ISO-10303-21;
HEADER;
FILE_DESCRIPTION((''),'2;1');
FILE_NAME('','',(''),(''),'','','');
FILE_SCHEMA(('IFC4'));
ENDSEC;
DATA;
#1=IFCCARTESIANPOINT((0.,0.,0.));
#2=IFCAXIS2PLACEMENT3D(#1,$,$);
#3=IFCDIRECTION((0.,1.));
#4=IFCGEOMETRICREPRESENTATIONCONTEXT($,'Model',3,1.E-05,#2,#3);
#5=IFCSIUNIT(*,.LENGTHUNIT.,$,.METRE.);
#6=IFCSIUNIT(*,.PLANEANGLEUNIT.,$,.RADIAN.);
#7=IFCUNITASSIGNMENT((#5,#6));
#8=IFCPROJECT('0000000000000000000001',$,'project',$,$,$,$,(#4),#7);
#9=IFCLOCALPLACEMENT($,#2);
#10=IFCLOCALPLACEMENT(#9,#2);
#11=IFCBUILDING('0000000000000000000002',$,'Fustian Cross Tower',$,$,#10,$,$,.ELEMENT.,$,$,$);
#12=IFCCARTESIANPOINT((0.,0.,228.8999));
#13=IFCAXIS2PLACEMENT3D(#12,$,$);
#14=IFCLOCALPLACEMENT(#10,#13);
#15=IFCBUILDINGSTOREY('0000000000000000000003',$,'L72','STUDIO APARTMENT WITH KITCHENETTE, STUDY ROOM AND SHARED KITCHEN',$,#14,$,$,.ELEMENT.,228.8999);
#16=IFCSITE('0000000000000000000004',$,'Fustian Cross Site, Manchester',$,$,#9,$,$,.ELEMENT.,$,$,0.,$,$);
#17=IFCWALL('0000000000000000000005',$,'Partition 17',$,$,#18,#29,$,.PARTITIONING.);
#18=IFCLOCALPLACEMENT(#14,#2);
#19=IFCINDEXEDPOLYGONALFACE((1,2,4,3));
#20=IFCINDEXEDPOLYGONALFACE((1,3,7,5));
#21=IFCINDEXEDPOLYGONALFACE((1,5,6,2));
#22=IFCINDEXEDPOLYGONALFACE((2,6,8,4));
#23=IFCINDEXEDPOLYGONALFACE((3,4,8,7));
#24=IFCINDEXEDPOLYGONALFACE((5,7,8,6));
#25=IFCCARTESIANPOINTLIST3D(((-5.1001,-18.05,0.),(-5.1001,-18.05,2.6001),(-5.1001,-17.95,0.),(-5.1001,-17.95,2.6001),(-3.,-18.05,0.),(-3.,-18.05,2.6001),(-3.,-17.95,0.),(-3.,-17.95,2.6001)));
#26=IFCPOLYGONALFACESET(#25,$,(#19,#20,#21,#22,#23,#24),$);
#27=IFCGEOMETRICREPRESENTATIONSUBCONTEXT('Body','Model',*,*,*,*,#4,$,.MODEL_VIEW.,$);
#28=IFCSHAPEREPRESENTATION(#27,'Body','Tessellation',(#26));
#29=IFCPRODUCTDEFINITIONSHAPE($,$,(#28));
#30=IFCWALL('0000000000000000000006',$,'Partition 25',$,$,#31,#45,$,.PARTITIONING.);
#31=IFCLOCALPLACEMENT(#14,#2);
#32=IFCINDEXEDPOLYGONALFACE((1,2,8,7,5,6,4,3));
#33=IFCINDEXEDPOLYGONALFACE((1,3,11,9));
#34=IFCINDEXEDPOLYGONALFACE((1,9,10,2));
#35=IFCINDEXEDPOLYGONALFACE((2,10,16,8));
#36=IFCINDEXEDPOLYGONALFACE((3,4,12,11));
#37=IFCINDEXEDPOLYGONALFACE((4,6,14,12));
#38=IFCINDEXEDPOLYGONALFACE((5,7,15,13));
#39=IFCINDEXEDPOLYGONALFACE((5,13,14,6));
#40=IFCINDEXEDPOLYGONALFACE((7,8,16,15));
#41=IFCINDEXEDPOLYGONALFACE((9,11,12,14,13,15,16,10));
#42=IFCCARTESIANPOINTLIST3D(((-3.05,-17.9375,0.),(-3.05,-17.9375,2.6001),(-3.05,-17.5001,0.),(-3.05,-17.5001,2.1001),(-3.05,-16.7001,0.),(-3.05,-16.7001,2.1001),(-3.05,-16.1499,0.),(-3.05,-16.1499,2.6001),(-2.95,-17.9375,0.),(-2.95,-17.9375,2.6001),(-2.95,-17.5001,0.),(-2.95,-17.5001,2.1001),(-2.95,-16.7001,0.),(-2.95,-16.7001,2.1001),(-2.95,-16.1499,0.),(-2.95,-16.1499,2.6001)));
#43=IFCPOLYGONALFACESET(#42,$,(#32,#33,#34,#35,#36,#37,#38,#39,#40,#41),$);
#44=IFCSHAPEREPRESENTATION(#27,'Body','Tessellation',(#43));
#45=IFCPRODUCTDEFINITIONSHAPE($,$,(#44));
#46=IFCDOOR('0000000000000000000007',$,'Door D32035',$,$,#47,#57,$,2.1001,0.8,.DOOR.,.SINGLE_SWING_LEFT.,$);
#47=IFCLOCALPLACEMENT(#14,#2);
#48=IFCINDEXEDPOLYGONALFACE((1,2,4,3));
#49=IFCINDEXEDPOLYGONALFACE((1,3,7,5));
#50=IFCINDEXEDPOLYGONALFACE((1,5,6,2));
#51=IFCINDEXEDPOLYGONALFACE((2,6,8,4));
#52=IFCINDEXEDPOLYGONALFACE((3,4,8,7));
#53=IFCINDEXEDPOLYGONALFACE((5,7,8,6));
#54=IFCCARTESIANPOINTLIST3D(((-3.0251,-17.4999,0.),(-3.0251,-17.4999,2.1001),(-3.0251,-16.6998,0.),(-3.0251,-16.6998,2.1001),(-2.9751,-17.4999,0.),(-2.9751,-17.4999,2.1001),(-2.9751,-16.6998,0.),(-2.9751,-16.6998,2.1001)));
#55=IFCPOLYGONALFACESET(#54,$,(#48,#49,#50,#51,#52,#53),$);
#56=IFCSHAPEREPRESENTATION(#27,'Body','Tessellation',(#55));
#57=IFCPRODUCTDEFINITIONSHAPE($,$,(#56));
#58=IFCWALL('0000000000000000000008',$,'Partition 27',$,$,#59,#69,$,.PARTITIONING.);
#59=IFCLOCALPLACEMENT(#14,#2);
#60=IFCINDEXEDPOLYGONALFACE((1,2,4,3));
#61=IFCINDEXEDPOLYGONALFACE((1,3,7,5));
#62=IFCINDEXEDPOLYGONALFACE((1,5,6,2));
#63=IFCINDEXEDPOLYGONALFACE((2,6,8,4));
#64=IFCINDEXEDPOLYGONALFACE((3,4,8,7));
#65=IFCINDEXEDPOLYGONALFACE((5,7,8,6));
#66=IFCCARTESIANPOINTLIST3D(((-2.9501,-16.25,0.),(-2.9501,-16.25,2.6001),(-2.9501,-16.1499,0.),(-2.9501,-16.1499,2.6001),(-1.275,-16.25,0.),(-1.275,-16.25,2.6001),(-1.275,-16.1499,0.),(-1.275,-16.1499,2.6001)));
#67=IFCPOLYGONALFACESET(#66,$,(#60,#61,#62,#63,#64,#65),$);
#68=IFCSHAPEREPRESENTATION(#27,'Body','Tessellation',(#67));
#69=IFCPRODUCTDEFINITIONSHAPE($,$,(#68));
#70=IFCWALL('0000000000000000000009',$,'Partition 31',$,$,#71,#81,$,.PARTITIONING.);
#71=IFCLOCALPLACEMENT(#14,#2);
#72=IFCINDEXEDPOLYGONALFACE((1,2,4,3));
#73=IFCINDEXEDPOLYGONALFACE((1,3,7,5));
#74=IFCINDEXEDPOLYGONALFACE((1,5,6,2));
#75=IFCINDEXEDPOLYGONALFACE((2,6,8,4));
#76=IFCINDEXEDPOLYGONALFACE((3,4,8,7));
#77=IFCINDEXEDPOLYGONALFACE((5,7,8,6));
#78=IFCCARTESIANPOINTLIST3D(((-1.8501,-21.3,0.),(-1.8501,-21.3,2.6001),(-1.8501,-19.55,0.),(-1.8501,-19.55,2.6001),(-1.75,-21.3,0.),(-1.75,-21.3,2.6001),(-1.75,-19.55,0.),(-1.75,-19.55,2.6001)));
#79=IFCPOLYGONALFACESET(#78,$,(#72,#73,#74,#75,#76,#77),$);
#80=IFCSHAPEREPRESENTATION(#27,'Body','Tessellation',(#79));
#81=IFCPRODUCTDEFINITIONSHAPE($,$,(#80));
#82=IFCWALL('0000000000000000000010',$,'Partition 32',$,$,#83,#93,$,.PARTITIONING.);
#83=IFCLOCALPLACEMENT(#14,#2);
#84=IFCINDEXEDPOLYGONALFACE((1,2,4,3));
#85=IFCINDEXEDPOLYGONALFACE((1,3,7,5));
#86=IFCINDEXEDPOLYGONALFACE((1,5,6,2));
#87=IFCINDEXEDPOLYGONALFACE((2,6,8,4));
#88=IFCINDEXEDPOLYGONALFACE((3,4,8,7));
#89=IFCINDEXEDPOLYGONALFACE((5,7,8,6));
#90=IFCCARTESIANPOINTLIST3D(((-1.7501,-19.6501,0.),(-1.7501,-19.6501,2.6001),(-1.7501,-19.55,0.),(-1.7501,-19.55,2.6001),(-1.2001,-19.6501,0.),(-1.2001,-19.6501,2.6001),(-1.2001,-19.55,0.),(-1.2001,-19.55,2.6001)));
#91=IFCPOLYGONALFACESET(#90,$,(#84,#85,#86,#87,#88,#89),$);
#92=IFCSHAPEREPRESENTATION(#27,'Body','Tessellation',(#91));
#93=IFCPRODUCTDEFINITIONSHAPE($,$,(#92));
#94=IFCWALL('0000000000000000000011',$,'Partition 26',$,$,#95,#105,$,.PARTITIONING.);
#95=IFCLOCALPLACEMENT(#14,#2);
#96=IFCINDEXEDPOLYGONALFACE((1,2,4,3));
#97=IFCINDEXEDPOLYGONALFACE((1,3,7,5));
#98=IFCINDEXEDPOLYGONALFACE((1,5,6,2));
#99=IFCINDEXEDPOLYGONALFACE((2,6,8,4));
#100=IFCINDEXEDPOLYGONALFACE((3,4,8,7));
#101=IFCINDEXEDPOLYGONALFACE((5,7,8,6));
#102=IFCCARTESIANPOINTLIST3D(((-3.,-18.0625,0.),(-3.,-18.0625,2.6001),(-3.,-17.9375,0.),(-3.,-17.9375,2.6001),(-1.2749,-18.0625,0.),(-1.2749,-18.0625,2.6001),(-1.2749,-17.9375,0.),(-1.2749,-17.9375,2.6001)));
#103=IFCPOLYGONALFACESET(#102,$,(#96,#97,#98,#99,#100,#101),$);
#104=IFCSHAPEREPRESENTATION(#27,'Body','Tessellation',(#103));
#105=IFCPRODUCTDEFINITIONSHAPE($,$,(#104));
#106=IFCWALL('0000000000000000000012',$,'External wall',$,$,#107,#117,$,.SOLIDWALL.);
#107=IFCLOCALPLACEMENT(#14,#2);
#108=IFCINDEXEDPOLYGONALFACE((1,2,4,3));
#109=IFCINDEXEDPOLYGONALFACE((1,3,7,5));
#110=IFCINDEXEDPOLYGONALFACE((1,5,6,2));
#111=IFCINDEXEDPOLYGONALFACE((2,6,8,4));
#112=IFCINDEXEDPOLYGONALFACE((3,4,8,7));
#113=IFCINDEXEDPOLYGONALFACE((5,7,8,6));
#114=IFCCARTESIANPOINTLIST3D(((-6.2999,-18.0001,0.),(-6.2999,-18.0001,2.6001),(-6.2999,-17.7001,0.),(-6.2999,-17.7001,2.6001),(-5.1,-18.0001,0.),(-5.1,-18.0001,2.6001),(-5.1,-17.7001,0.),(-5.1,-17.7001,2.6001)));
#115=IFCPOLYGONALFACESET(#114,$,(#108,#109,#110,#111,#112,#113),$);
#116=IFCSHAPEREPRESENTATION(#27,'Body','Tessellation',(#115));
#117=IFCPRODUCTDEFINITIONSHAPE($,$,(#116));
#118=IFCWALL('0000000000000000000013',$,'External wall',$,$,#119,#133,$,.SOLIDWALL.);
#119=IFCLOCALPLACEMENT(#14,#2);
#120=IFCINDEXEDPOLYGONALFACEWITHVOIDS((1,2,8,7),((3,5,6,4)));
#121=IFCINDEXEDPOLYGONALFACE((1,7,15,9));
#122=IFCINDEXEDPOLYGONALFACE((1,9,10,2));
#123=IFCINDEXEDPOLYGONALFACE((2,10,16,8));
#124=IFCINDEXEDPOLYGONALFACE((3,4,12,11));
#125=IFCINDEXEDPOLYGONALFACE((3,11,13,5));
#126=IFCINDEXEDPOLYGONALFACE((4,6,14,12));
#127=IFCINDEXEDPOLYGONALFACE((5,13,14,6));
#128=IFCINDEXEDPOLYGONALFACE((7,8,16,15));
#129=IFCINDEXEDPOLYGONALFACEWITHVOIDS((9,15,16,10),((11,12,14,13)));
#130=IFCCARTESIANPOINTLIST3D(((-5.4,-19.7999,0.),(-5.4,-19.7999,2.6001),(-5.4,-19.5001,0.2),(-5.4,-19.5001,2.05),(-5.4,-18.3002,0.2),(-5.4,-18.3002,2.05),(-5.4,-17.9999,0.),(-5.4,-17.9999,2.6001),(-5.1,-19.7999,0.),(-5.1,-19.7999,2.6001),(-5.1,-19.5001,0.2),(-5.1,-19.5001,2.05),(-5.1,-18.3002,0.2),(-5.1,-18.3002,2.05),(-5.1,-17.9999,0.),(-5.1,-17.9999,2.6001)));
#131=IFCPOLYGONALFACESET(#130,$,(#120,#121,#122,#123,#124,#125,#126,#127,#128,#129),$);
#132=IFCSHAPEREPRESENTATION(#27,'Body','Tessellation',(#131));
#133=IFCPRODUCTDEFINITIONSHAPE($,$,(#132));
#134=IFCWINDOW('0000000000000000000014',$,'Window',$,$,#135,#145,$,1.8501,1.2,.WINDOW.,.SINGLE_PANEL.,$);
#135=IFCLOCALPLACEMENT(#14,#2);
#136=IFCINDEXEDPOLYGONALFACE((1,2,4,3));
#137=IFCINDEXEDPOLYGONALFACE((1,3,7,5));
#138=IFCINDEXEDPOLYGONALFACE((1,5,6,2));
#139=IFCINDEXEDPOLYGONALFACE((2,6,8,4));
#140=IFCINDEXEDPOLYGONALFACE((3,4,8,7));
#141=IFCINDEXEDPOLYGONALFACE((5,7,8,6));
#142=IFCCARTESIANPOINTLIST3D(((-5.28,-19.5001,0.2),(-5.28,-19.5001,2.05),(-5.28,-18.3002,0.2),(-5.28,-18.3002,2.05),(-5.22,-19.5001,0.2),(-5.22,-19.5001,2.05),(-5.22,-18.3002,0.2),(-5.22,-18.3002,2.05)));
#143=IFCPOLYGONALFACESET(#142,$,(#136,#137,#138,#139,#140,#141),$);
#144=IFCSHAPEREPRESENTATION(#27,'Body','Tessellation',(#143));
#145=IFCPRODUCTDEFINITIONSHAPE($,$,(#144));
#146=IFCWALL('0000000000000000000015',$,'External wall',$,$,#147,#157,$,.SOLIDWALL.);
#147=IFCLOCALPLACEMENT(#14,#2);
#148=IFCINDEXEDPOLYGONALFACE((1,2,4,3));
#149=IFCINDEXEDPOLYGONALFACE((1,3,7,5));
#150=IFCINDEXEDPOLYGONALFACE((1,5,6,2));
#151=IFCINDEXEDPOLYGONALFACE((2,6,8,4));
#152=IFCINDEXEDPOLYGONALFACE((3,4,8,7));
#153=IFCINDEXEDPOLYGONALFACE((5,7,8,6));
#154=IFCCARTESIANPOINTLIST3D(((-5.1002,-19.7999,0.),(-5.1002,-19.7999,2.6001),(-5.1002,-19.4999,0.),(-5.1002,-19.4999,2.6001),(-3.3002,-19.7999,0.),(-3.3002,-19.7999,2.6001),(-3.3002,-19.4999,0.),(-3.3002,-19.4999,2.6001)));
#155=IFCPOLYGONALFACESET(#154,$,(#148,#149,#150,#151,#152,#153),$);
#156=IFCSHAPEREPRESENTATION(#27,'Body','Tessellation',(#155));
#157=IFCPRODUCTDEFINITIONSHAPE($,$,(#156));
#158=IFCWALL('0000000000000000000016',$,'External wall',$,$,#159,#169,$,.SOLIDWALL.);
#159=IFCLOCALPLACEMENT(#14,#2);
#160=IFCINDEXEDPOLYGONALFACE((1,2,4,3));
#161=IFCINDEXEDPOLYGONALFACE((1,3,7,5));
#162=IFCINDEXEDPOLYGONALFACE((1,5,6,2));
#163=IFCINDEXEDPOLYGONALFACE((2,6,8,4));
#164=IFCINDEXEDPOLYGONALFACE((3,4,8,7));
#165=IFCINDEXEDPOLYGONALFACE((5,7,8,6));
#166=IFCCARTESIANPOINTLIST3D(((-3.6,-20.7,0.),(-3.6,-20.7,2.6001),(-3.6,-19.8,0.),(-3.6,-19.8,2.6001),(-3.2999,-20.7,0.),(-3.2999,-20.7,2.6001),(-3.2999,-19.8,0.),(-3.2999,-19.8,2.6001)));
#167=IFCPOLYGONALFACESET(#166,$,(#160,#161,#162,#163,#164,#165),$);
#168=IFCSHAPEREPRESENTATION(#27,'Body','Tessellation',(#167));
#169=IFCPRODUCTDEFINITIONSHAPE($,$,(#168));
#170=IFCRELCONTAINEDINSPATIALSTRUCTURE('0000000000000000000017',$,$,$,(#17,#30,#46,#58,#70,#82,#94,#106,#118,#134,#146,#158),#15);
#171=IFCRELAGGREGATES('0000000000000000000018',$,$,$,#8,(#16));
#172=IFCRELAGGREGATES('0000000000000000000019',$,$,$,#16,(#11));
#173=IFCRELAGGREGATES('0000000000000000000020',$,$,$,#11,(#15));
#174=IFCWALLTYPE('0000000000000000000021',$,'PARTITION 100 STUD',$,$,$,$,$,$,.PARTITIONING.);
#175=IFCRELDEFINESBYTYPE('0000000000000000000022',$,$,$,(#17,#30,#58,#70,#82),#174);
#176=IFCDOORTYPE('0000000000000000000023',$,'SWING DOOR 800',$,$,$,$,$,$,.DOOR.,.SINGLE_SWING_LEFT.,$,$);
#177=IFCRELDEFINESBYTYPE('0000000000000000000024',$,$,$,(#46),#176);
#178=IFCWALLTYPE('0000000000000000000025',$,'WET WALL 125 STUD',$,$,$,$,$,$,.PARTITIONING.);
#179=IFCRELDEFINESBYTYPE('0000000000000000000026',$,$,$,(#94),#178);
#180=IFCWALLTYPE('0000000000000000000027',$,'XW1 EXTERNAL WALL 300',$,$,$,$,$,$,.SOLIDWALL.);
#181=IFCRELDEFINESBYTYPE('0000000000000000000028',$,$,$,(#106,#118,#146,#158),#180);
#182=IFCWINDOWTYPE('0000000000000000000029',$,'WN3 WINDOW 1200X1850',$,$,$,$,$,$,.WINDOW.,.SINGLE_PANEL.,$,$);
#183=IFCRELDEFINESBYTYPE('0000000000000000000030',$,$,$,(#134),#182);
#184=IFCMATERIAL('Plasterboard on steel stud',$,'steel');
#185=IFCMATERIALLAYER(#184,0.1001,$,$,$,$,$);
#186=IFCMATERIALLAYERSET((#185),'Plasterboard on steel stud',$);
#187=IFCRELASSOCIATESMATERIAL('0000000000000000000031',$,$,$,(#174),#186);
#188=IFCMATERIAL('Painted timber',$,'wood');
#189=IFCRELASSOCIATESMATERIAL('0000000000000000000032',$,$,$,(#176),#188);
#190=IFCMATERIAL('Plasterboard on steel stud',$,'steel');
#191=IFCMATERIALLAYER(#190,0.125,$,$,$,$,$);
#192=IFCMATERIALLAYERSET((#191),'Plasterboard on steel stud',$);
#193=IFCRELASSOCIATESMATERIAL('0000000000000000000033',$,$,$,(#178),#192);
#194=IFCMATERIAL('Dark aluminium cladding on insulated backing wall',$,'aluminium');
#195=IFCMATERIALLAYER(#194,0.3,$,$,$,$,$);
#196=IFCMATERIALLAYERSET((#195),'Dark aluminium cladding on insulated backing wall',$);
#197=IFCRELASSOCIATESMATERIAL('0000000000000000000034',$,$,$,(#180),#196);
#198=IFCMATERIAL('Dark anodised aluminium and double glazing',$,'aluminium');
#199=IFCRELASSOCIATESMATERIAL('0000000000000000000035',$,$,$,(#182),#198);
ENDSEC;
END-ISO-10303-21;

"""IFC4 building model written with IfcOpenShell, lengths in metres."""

from ifc_helpers import new_model, si_unit, direction, frame, frame_2d, origin, place, context, subcontext, project, spatial, rectangle, extrude, material, layer, layer_set, type_object, element, fill, save


model = new_model("IFC4")

# Units and contexts
model_context = context("Model", 3, precision=1e-05, world=origin(), true_north=direction((0.0, 1.0)))
body_context = subcontext(model_context, "Body", "Model", "MODEL_VIEW")
ifc_project = project(units=[si_unit("LENGTHUNIT", "METRE"), si_unit("PLANEANGLEUNIT", "RADIAN")], contexts=[model_context])

# Site, building, storey
site_placement = place(None, origin())
site = spatial("IfcSite", under=ifc_project, at=site_placement, Name="Fustian Cross Site, Manchester", CompositionType="ELEMENT", RefElevation=0.0)
building_placement = place(site_placement, origin())
building = spatial("IfcBuilding", under=site, at=building_placement, Name="Fustian Cross Tower", CompositionType="ELEMENT")
storey_placement = place(building_placement, frame((0.0, 0.0, 228.8999)))
storey = spatial("IfcBuildingStorey", under=building, at=storey_placement, Name="L72", Description="STUDIO APARTMENT WITH KITCHENETTE, STUDY ROOM AND SHARED KITCHEN", CompositionType="ELEMENT", Elevation=228.8999)

# Wall
ifc_material_1 = material(Name="Plasterboard on steel stud", Category="steel")
ifc_layer_1 = layer(ifc_material_1, 0.1001)
ifc_layer_set_1 = layer_set([ifc_layer_1], Name="Plasterboard on steel stud")
wall_type_1 = type_object("IfcWallType", Name="PARTITION 100 STUD", PredefinedType="PARTITIONING", material=ifc_layer_set_1)
wall_1_placement = place(storey_placement, frame((-5.1001, -18.0, 0.0), z_axis=(0.0, 0.0, 1.0), x_axis=(1.0, 0.0, 0.0)))
element("IfcWall", 1, at=wall_1_placement, inside=storey, type_object=wall_type_1, Name="Partition 17", PredefinedType="PARTITIONING", context=body_context, shape_type="SweptSolid", body=[
    extrude(rectangle(XDim=2.1001, YDim=0.1001, at=frame_2d((1.05, 0.0))), origin(), (0.0, 0.0, 1.0), 2.6001),
])

# Wall, opening, door
wall_2_placement = place(storey_placement, frame((-3.0, -17.9375, 0.0), z_axis=(0.0, 0.0, 1.0), x_axis=(0.0, 1.0, 0.0)))
wall_2 = element("IfcWall", 2, at=wall_2_placement, inside=storey, type_object=wall_type_1, Name="Partition 25", PredefinedType="PARTITIONING", context=body_context, shape_type="SweptSolid", body=[
    extrude(rectangle(XDim=1.7876, YDim=0.1001, at=frame_2d((0.8938, 0.0))), origin(), (0.0, 0.0, 1.0), 2.6001),
])
opening_1_placement = place(wall_2_placement, frame((0.4375, 0.0, 0.0)))
opening_1 = element("IfcOpeningElement", 3, at=opening_1_placement, cuts=wall_2, PredefinedType="OPENING", context=body_context, shape_type="SweptSolid", body=[
    extrude(rectangle(XDim=0.8, YDim=2.1001, at=frame_2d((0.3999, 1.05))), frame((0.0, 0.0601, 0.0), z_axis=(0.0, -1.0, 0.0), x_axis=(1.0, 0.0, 0.0)), (0.0, 0.0, 1.0), 0.1201),
])
ifc_material_2 = material(Name="Painted timber", Category="wood")
door_type_1 = type_object("IfcDoorType", Name="SWING DOOR 800", OperationType="SINGLE_SWING_LEFT", PredefinedType="DOOR", material=ifc_material_2)
door_1_placement = place(opening_1_placement, frame((0.8, 0.0, 0.0), z_axis=(0.0, 0.0, 1.0), x_axis=(-1.0, 0.0, 0.0)))
door_1 = element("IfcDoor", 4, at=door_1_placement, inside=storey, type_object=door_type_1, Name="Door D32035", OperationType="SINGLE_SWING_LEFT", OverallHeight=2.1001, OverallWidth=0.8, PredefinedType="DOOR", context=body_context, shape_type="SweptSolid", body=[
    extrude(rectangle(XDim=0.8, YDim=2.1001, at=frame_2d((0.3999, 1.05))), frame((0.0, 0.0249, 0.0), z_axis=(0.0, -1.0, 0.0), x_axis=(1.0, 0.0, 0.0)), (0.0, 0.0, 1.0), 0.05),
])
fill(opening_1, door_1)

# Walls
wall_3_placement = place(storey_placement, frame((-2.95, -16.2, 0.0), z_axis=(0.0, 0.0, 1.0), x_axis=(1.0, 0.0, 0.0)))
element("IfcWall", 5, at=wall_3_placement, inside=storey, type_object=wall_type_1, Name="Partition 27", PredefinedType="PARTITIONING", context=body_context, shape_type="SweptSolid", body=[
    extrude(rectangle(XDim=1.675, YDim=0.1001, at=frame_2d((0.8374, 0.0))), origin(), (0.0, 0.0, 1.0), 2.6001),
])
wall_4_placement = place(storey_placement, frame((-1.8, -21.3, 0.0), z_axis=(0.0, 0.0, 1.0), x_axis=(0.0, 1.0, 0.0)))
element("IfcWall", 6, at=wall_4_placement, inside=storey, type_object=wall_type_1, Name="Partition 31", PredefinedType="PARTITIONING", context=body_context, shape_type="SweptSolid", body=[
    extrude(rectangle(XDim=1.75, YDim=0.1001, at=frame_2d((0.875, 0.0))), origin(), (0.0, 0.0, 1.0), 2.6001),
])
wall_5_placement = place(storey_placement, frame((-1.75, -19.6001, 0.0), z_axis=(0.0, 0.0, 1.0), x_axis=(1.0, 0.0, 0.0)))
element("IfcWall", 7, at=wall_5_placement, inside=storey, type_object=wall_type_1, Name="Partition 32", PredefinedType="PARTITIONING", context=body_context, shape_type="SweptSolid", body=[
    extrude(rectangle(XDim=0.55, YDim=0.1001, at=frame_2d((0.2749, 0.0))), origin(), (0.0, 0.0, 1.0), 2.6001),
])
ifc_material_3 = material(Name="Plasterboard on steel stud", Category="steel")
ifc_layer_2 = layer(ifc_material_3, 0.125)
ifc_layer_set_2 = layer_set([ifc_layer_2], Name="Plasterboard on steel stud")
wall_type_2 = type_object("IfcWallType", Name="WET WALL 125 STUD", PredefinedType="PARTITIONING", material=ifc_layer_set_2)
wall_6_placement = place(storey_placement, frame((-3.0, -18.0, 0.0), z_axis=(0.0, 0.0, 1.0), x_axis=(1.0, 0.0, 0.0)))
element("IfcWall", 8, at=wall_6_placement, inside=storey, type_object=wall_type_2, Name="Partition 26", PredefinedType="PARTITIONING", context=body_context, shape_type="SweptSolid", body=[
    extrude(rectangle(XDim=1.7251, YDim=0.125, at=frame_2d((0.8625, 0.0))), origin(), (0.0, 0.0, 1.0), 2.6001),
])
ifc_material_4 = material(Name="Dark aluminium cladding on insulated backing wall", Category="aluminium")
ifc_layer_3 = layer(ifc_material_4, 0.3)
ifc_layer_set_3 = layer_set([ifc_layer_3], Name="Dark aluminium cladding on insulated backing wall")
wall_type_3 = type_object("IfcWallType", Name="XW1 EXTERNAL WALL 300", PredefinedType="SOLIDWALL", material=ifc_layer_set_3)
wall_7_placement = place(storey_placement, frame((-6.3, -17.8501, 0.0), z_axis=(0.0, 0.0, 1.0), x_axis=(1.0, 0.0, 0.0)))
element("IfcWall", 9, at=wall_7_placement, inside=storey, type_object=wall_type_3, Name="External wall", PredefinedType="SOLIDWALL", context=body_context, shape_type="SweptSolid", body=[
    extrude(rectangle(XDim=1.2, YDim=0.3, at=frame_2d((0.6001, 0.0))), origin(), (0.0, 0.0, 1.0), 2.6001),
])

# Wall, opening, window
wall_8_placement = place(storey_placement, frame((-5.25, -18.0, 0.0), z_axis=(0.0, 0.0, 1.0), x_axis=(0.0, -1.0, 0.0)))
wall_8 = element("IfcWall", 10, at=wall_8_placement, inside=storey, type_object=wall_type_3, Name="External wall", PredefinedType="SOLIDWALL", context=body_context, shape_type="SweptSolid", body=[
    extrude(rectangle(XDim=1.8, YDim=0.3, at=frame_2d((0.8999, 0.0))), origin(), (0.0, 0.0, 1.0), 2.6001),
])
opening_2_placement = place(wall_8_placement, frame((0.3, 0.0, 0.2)))
opening_2 = element("IfcOpeningElement", 11, at=opening_2_placement, cuts=wall_8, PredefinedType="OPENING", context=body_context, shape_type="SweptSolid", body=[
    extrude(rectangle(XDim=1.2, YDim=1.8501, at=frame_2d((0.6001, 0.925))), frame((0.0, 0.1599, 0.0), z_axis=(0.0, -1.0, 0.0), x_axis=(1.0, 0.0, 0.0)), (0.0, 0.0, 1.0), 0.3201),
])
ifc_material_5 = material(Name="Dark anodised aluminium and double glazing", Category="aluminium")
window_type_1 = type_object("IfcWindowType", Name="WN3 WINDOW 1200X1850", PartitioningType="SINGLE_PANEL", PredefinedType="WINDOW", material=ifc_material_5)
window_1_placement = place(opening_2_placement, origin())
window_1 = element("IfcWindow", 12, at=window_1_placement, inside=storey, type_object=window_type_1, Name="Window", OverallHeight=1.8501, OverallWidth=1.2, PartitioningType="SINGLE_PANEL", PredefinedType="WINDOW", context=body_context, shape_type="SweptSolid", body=[
    extrude(rectangle(XDim=1.2, YDim=1.8501, at=frame_2d((0.6001, 0.925))), frame((0.0, 0.03, 0.0), z_axis=(0.0, -1.0, 0.0), x_axis=(1.0, 0.0, 0.0)), (0.0, 0.0, 1.0), 0.0601),
])
fill(opening_2, window_1)

# Walls
wall_9_placement = place(storey_placement, frame((-5.1001, -19.6499, 0.0), z_axis=(0.0, 0.0, 1.0), x_axis=(1.0, 0.0, 0.0)))
element("IfcWall", 13, at=wall_9_placement, inside=storey, type_object=wall_type_3, Name="External wall", PredefinedType="SOLIDWALL", context=body_context, shape_type="SweptSolid", body=[
    extrude(rectangle(XDim=1.8, YDim=0.3, at=frame_2d((0.8999, 0.0))), origin(), (0.0, 0.0, 1.0), 2.6001),
])
wall_10_placement = place(storey_placement, frame((-3.45, -19.8, 0.0), z_axis=(0.0, 0.0, 1.0), x_axis=(0.0, -1.0, 0.0)))
element("IfcWall", 14, at=wall_10_placement, inside=storey, type_object=wall_type_3, Name="External wall", PredefinedType="SOLIDWALL", context=body_context, shape_type="SweptSolid", body=[
    extrude(rectangle(XDim=0.8999, YDim=0.3, at=frame_2d((0.45, 0.0))), origin(), (0.0, 0.0, 1.0), 2.6001),
])

save(model, "model.ifc")
